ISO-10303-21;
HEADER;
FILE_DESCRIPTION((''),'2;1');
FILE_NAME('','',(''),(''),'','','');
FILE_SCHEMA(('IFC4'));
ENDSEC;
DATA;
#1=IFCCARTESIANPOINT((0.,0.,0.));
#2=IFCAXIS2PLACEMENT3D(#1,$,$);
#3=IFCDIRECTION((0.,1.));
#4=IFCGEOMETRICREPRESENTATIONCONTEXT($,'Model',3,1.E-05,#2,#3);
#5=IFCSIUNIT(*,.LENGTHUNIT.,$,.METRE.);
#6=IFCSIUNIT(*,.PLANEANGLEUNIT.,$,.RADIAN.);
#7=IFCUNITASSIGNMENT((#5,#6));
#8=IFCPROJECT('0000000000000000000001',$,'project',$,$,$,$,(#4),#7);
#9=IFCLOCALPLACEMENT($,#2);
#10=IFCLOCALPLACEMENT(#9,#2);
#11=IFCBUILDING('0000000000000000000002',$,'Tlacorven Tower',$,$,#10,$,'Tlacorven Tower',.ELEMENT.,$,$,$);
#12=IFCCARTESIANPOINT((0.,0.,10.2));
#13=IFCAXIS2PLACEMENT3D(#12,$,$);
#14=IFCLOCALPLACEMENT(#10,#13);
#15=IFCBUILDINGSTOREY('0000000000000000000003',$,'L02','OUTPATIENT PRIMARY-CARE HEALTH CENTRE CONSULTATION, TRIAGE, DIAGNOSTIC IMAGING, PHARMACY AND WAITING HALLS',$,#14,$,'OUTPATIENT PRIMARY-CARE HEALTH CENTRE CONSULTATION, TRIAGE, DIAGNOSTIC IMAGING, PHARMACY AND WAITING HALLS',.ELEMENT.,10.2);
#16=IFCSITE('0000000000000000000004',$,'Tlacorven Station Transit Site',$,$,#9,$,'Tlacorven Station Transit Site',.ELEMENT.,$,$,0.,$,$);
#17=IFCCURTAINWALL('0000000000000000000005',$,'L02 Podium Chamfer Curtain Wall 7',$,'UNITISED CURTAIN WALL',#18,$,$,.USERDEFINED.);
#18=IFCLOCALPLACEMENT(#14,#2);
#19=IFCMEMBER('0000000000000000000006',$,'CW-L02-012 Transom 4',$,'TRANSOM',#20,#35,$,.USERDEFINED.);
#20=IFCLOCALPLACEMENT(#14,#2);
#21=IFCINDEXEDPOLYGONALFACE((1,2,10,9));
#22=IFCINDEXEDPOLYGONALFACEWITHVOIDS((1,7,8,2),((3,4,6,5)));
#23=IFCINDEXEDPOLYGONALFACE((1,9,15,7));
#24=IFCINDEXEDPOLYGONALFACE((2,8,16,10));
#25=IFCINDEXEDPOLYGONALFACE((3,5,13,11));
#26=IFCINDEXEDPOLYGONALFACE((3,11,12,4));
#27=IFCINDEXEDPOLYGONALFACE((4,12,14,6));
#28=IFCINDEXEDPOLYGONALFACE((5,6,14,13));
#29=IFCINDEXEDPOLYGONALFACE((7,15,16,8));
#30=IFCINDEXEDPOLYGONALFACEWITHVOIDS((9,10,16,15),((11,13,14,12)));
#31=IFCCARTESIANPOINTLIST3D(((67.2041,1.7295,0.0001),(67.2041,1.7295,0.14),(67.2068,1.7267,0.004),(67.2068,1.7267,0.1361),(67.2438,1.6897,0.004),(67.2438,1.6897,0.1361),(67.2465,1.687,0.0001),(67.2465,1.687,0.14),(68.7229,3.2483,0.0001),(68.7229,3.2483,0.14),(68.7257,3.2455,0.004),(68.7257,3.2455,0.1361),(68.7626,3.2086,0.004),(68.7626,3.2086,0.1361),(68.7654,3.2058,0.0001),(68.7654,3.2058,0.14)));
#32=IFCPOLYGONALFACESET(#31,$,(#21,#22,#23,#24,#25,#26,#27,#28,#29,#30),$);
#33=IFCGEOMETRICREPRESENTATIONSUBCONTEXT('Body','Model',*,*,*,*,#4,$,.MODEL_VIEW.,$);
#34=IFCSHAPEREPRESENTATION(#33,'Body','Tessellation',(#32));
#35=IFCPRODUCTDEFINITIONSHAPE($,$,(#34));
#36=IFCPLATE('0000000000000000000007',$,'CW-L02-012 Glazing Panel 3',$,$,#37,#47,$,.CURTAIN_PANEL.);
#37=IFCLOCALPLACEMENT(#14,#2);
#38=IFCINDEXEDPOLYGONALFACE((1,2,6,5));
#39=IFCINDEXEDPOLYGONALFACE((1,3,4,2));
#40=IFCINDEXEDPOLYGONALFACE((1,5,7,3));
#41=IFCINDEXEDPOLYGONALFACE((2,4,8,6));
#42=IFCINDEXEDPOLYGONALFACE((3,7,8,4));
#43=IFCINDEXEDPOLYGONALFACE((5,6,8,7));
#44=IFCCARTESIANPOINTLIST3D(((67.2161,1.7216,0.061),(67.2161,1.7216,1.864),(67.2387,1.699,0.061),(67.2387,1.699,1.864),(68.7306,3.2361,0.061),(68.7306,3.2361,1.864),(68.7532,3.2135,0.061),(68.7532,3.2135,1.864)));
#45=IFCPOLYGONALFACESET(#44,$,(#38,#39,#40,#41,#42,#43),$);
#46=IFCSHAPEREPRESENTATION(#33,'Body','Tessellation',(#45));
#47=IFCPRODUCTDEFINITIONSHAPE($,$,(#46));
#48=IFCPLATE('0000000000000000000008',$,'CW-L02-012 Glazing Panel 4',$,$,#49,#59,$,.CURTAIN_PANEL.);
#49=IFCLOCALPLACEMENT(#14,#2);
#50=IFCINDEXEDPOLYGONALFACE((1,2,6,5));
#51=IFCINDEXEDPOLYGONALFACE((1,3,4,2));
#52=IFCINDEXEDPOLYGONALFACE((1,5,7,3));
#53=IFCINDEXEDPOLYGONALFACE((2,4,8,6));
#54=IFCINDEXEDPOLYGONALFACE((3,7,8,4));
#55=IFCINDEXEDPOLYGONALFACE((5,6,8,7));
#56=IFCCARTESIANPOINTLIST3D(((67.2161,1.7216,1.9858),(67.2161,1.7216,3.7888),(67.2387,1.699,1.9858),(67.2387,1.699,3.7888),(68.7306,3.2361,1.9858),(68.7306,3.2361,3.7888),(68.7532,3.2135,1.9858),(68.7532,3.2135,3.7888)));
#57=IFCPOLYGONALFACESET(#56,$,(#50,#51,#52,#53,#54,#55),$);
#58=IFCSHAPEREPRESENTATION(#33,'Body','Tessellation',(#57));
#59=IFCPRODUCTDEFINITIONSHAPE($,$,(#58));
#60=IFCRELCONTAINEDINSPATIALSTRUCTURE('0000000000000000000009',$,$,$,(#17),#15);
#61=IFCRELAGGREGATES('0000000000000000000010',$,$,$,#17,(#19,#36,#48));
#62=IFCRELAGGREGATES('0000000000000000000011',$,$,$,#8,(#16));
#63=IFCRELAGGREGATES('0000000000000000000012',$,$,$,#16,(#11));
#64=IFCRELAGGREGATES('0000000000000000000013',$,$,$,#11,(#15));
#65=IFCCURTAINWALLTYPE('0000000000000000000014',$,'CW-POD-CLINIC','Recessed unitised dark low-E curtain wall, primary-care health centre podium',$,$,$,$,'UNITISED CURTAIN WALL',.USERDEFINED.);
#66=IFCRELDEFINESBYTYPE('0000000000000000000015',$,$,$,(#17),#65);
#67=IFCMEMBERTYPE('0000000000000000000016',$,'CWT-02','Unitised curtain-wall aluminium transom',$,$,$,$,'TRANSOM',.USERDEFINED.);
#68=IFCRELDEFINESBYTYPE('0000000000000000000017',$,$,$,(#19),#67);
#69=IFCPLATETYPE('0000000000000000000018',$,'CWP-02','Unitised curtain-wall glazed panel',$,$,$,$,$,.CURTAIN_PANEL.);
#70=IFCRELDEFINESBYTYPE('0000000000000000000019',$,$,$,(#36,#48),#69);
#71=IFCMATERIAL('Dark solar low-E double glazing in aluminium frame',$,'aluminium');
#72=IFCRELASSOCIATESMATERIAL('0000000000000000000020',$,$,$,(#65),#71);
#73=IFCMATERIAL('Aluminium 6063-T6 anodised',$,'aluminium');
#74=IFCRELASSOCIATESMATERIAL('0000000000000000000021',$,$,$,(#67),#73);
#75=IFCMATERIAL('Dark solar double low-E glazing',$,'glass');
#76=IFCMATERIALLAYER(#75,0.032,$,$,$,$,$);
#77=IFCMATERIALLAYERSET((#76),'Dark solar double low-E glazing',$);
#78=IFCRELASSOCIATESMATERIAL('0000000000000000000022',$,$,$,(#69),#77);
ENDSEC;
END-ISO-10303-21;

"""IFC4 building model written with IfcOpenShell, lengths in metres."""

from ifc_helpers import new_model, si_unit, direction, frame, origin, origin_2d, place, context, subcontext, project, spatial, rectangle, hollow_rectangle, extrude, source, transform, mapped, material, layer, layer_set, material_profile, profile_set, type_object, element, aggregate, save


model = new_model("IFC4")

# Units and contexts
model_context = context("Model", 3, precision=1e-05, world=origin(), true_north=direction((0.0, 1.0)))
body_context = subcontext(model_context, "Body", "Model", "MODEL_VIEW")
ifc_project = project(units=[si_unit("LENGTHUNIT", "METRE"), si_unit("PLANEANGLEUNIT", "RADIAN")], contexts=[model_context])

# Site, building, storey
site_placement = place(None, origin())
site = spatial("IfcSite", under=ifc_project, at=site_placement, Name="Tlacorven Station Transit Site", LongName="Tlacorven Station Transit Site", CompositionType="ELEMENT", RefElevation=0.0)
building_placement = place(site_placement, origin())
building = spatial("IfcBuilding", under=site, at=building_placement, Name="Tlacorven Tower", LongName="Tlacorven Tower", CompositionType="ELEMENT")
storey_placement = place(building_placement, frame((0.0, 0.0, 10.2)))
storey = spatial("IfcBuildingStorey", under=building, at=storey_placement, Name="L02", Description="OUTPATIENT PRIMARY-CARE HEALTH CENTRE CONSULTATION, TRIAGE, DIAGNOSTIC IMAGING, PHARMACY AND WAITING HALLS", LongName="OUTPATIENT PRIMARY-CARE HEALTH CENTRE CONSULTATION, TRIAGE, DIAGNOSTIC IMAGING, PHARMACY AND WAITING HALLS", CompositionType="ELEMENT", Elevation=10.2)

# Curtain wall, member, plates
ifc_material_1 = material(Name="Dark solar low-E double glazing in aluminium frame", Category="aluminium")
curtain_wall_type = type_object("IfcCurtainWallType", Name="CW-POD-CLINIC", Description="Recessed unitised dark low-E curtain wall, primary-care health centre podium", ElementType="UNITISED CURTAIN WALL", PredefinedType="USERDEFINED", material=ifc_material_1)
curtain_wall_placement = place(storey_placement, origin())
curtain_wall = element("IfcCurtainWall", 1, at=curtain_wall_placement, inside=storey, type_object=curtain_wall_type, Name="L02 Podium Chamfer Curtain Wall 7", ObjectType="UNITISED CURTAIN WALL", PredefinedType="USERDEFINED")
ifc_material_2 = material(Name="Aluminium 6063-T6 anodised", Category="aluminium")
ifc_material_profile = material_profile(ifc_material_2, hollow_rectangle(XDim=0.0601, YDim=0.1399, WallThickness=0.0039, at=origin_2d()), Name="ALU TRANSOM 60X140")
ifc_profile_set = profile_set([ifc_material_profile], Name="Aluminium 6063-T6 anodised")
member_type = type_object("IfcMemberType", Name="CWT-02", Description="Unitised curtain-wall aluminium transom", ElementType="TRANSOM", PredefinedType="USERDEFINED", material=ifc_profile_set)
shared_shape_1 = source(origin(), body_context, "Body", "SweptSolid", [
    extrude(hollow_rectangle(XDim=0.0601, YDim=0.1399, WallThickness=0.0039, at=origin_2d()), origin(), (0.0, 0.0, 1.0), 2.1479),
])
member_placement = place(storey_placement, frame((68.7441, 3.2271, 0.0701), z_axis=(-0.707107, -0.707107, 0.0), x_axis=(0.707107, -0.707107, 0.0)))
member = element("IfcMember", 2, at=member_placement, type_object=member_type, Name="CW-L02-012 Transom 4", ObjectType="TRANSOM", PredefinedType="USERDEFINED", context=body_context, shape_type="MappedRepresentation", body=[
    mapped(shared_shape_1, transform((0.0, 0.0, 0.0), scale=1.0)),
])
ifc_material_3 = material(Name="Dark solar double low-E glazing", Category="glass")
ifc_layer = layer(ifc_material_3, 0.032)
ifc_layer_set = layer_set([ifc_layer], Name="Dark solar double low-E glazing")
plate_type = type_object("IfcPlateType", Name="CWP-02", Description="Unitised curtain-wall glazed panel", PredefinedType="CURTAIN_PANEL", material=ifc_layer_set)
shared_shape_2 = source(origin(), body_context, "Body", "SweptSolid", [
    extrude(rectangle(XDim=2.1418, YDim=0.032, at=origin_2d()), origin(), (0.0, 0.0, 1.0), 1.803),
])
plate_1_placement = place(storey_placement, frame((67.9846, 2.4675, 0.061), z_axis=(0.0, 0.0, 1.0), x_axis=(-0.707107, -0.707107, 0.0)))
plate_1 = element("IfcPlate", 3, at=plate_1_placement, type_object=plate_type, Name="CW-L02-012 Glazing Panel 3", PredefinedType="CURTAIN_PANEL", context=body_context, shape_type="MappedRepresentation", body=[
    mapped(shared_shape_2, transform((0.0, 0.0, 0.0), scale=1.0)),
])
plate_2_placement = place(storey_placement, frame((67.9846, 2.4675, 1.9858), z_axis=(0.0, 0.0, 1.0), x_axis=(-0.707107, -0.707107, 0.0)))
plate_2 = element("IfcPlate", 4, at=plate_2_placement, type_object=plate_type, Name="CW-L02-012 Glazing Panel 4", PredefinedType="CURTAIN_PANEL", context=body_context, shape_type="MappedRepresentation", body=[
    mapped(shared_shape_2, transform((0.0, 0.0, 0.0), scale=1.0)),
])
aggregate(curtain_wall, [member, plate_1, plate_2])

save(model, "model.ifc")
